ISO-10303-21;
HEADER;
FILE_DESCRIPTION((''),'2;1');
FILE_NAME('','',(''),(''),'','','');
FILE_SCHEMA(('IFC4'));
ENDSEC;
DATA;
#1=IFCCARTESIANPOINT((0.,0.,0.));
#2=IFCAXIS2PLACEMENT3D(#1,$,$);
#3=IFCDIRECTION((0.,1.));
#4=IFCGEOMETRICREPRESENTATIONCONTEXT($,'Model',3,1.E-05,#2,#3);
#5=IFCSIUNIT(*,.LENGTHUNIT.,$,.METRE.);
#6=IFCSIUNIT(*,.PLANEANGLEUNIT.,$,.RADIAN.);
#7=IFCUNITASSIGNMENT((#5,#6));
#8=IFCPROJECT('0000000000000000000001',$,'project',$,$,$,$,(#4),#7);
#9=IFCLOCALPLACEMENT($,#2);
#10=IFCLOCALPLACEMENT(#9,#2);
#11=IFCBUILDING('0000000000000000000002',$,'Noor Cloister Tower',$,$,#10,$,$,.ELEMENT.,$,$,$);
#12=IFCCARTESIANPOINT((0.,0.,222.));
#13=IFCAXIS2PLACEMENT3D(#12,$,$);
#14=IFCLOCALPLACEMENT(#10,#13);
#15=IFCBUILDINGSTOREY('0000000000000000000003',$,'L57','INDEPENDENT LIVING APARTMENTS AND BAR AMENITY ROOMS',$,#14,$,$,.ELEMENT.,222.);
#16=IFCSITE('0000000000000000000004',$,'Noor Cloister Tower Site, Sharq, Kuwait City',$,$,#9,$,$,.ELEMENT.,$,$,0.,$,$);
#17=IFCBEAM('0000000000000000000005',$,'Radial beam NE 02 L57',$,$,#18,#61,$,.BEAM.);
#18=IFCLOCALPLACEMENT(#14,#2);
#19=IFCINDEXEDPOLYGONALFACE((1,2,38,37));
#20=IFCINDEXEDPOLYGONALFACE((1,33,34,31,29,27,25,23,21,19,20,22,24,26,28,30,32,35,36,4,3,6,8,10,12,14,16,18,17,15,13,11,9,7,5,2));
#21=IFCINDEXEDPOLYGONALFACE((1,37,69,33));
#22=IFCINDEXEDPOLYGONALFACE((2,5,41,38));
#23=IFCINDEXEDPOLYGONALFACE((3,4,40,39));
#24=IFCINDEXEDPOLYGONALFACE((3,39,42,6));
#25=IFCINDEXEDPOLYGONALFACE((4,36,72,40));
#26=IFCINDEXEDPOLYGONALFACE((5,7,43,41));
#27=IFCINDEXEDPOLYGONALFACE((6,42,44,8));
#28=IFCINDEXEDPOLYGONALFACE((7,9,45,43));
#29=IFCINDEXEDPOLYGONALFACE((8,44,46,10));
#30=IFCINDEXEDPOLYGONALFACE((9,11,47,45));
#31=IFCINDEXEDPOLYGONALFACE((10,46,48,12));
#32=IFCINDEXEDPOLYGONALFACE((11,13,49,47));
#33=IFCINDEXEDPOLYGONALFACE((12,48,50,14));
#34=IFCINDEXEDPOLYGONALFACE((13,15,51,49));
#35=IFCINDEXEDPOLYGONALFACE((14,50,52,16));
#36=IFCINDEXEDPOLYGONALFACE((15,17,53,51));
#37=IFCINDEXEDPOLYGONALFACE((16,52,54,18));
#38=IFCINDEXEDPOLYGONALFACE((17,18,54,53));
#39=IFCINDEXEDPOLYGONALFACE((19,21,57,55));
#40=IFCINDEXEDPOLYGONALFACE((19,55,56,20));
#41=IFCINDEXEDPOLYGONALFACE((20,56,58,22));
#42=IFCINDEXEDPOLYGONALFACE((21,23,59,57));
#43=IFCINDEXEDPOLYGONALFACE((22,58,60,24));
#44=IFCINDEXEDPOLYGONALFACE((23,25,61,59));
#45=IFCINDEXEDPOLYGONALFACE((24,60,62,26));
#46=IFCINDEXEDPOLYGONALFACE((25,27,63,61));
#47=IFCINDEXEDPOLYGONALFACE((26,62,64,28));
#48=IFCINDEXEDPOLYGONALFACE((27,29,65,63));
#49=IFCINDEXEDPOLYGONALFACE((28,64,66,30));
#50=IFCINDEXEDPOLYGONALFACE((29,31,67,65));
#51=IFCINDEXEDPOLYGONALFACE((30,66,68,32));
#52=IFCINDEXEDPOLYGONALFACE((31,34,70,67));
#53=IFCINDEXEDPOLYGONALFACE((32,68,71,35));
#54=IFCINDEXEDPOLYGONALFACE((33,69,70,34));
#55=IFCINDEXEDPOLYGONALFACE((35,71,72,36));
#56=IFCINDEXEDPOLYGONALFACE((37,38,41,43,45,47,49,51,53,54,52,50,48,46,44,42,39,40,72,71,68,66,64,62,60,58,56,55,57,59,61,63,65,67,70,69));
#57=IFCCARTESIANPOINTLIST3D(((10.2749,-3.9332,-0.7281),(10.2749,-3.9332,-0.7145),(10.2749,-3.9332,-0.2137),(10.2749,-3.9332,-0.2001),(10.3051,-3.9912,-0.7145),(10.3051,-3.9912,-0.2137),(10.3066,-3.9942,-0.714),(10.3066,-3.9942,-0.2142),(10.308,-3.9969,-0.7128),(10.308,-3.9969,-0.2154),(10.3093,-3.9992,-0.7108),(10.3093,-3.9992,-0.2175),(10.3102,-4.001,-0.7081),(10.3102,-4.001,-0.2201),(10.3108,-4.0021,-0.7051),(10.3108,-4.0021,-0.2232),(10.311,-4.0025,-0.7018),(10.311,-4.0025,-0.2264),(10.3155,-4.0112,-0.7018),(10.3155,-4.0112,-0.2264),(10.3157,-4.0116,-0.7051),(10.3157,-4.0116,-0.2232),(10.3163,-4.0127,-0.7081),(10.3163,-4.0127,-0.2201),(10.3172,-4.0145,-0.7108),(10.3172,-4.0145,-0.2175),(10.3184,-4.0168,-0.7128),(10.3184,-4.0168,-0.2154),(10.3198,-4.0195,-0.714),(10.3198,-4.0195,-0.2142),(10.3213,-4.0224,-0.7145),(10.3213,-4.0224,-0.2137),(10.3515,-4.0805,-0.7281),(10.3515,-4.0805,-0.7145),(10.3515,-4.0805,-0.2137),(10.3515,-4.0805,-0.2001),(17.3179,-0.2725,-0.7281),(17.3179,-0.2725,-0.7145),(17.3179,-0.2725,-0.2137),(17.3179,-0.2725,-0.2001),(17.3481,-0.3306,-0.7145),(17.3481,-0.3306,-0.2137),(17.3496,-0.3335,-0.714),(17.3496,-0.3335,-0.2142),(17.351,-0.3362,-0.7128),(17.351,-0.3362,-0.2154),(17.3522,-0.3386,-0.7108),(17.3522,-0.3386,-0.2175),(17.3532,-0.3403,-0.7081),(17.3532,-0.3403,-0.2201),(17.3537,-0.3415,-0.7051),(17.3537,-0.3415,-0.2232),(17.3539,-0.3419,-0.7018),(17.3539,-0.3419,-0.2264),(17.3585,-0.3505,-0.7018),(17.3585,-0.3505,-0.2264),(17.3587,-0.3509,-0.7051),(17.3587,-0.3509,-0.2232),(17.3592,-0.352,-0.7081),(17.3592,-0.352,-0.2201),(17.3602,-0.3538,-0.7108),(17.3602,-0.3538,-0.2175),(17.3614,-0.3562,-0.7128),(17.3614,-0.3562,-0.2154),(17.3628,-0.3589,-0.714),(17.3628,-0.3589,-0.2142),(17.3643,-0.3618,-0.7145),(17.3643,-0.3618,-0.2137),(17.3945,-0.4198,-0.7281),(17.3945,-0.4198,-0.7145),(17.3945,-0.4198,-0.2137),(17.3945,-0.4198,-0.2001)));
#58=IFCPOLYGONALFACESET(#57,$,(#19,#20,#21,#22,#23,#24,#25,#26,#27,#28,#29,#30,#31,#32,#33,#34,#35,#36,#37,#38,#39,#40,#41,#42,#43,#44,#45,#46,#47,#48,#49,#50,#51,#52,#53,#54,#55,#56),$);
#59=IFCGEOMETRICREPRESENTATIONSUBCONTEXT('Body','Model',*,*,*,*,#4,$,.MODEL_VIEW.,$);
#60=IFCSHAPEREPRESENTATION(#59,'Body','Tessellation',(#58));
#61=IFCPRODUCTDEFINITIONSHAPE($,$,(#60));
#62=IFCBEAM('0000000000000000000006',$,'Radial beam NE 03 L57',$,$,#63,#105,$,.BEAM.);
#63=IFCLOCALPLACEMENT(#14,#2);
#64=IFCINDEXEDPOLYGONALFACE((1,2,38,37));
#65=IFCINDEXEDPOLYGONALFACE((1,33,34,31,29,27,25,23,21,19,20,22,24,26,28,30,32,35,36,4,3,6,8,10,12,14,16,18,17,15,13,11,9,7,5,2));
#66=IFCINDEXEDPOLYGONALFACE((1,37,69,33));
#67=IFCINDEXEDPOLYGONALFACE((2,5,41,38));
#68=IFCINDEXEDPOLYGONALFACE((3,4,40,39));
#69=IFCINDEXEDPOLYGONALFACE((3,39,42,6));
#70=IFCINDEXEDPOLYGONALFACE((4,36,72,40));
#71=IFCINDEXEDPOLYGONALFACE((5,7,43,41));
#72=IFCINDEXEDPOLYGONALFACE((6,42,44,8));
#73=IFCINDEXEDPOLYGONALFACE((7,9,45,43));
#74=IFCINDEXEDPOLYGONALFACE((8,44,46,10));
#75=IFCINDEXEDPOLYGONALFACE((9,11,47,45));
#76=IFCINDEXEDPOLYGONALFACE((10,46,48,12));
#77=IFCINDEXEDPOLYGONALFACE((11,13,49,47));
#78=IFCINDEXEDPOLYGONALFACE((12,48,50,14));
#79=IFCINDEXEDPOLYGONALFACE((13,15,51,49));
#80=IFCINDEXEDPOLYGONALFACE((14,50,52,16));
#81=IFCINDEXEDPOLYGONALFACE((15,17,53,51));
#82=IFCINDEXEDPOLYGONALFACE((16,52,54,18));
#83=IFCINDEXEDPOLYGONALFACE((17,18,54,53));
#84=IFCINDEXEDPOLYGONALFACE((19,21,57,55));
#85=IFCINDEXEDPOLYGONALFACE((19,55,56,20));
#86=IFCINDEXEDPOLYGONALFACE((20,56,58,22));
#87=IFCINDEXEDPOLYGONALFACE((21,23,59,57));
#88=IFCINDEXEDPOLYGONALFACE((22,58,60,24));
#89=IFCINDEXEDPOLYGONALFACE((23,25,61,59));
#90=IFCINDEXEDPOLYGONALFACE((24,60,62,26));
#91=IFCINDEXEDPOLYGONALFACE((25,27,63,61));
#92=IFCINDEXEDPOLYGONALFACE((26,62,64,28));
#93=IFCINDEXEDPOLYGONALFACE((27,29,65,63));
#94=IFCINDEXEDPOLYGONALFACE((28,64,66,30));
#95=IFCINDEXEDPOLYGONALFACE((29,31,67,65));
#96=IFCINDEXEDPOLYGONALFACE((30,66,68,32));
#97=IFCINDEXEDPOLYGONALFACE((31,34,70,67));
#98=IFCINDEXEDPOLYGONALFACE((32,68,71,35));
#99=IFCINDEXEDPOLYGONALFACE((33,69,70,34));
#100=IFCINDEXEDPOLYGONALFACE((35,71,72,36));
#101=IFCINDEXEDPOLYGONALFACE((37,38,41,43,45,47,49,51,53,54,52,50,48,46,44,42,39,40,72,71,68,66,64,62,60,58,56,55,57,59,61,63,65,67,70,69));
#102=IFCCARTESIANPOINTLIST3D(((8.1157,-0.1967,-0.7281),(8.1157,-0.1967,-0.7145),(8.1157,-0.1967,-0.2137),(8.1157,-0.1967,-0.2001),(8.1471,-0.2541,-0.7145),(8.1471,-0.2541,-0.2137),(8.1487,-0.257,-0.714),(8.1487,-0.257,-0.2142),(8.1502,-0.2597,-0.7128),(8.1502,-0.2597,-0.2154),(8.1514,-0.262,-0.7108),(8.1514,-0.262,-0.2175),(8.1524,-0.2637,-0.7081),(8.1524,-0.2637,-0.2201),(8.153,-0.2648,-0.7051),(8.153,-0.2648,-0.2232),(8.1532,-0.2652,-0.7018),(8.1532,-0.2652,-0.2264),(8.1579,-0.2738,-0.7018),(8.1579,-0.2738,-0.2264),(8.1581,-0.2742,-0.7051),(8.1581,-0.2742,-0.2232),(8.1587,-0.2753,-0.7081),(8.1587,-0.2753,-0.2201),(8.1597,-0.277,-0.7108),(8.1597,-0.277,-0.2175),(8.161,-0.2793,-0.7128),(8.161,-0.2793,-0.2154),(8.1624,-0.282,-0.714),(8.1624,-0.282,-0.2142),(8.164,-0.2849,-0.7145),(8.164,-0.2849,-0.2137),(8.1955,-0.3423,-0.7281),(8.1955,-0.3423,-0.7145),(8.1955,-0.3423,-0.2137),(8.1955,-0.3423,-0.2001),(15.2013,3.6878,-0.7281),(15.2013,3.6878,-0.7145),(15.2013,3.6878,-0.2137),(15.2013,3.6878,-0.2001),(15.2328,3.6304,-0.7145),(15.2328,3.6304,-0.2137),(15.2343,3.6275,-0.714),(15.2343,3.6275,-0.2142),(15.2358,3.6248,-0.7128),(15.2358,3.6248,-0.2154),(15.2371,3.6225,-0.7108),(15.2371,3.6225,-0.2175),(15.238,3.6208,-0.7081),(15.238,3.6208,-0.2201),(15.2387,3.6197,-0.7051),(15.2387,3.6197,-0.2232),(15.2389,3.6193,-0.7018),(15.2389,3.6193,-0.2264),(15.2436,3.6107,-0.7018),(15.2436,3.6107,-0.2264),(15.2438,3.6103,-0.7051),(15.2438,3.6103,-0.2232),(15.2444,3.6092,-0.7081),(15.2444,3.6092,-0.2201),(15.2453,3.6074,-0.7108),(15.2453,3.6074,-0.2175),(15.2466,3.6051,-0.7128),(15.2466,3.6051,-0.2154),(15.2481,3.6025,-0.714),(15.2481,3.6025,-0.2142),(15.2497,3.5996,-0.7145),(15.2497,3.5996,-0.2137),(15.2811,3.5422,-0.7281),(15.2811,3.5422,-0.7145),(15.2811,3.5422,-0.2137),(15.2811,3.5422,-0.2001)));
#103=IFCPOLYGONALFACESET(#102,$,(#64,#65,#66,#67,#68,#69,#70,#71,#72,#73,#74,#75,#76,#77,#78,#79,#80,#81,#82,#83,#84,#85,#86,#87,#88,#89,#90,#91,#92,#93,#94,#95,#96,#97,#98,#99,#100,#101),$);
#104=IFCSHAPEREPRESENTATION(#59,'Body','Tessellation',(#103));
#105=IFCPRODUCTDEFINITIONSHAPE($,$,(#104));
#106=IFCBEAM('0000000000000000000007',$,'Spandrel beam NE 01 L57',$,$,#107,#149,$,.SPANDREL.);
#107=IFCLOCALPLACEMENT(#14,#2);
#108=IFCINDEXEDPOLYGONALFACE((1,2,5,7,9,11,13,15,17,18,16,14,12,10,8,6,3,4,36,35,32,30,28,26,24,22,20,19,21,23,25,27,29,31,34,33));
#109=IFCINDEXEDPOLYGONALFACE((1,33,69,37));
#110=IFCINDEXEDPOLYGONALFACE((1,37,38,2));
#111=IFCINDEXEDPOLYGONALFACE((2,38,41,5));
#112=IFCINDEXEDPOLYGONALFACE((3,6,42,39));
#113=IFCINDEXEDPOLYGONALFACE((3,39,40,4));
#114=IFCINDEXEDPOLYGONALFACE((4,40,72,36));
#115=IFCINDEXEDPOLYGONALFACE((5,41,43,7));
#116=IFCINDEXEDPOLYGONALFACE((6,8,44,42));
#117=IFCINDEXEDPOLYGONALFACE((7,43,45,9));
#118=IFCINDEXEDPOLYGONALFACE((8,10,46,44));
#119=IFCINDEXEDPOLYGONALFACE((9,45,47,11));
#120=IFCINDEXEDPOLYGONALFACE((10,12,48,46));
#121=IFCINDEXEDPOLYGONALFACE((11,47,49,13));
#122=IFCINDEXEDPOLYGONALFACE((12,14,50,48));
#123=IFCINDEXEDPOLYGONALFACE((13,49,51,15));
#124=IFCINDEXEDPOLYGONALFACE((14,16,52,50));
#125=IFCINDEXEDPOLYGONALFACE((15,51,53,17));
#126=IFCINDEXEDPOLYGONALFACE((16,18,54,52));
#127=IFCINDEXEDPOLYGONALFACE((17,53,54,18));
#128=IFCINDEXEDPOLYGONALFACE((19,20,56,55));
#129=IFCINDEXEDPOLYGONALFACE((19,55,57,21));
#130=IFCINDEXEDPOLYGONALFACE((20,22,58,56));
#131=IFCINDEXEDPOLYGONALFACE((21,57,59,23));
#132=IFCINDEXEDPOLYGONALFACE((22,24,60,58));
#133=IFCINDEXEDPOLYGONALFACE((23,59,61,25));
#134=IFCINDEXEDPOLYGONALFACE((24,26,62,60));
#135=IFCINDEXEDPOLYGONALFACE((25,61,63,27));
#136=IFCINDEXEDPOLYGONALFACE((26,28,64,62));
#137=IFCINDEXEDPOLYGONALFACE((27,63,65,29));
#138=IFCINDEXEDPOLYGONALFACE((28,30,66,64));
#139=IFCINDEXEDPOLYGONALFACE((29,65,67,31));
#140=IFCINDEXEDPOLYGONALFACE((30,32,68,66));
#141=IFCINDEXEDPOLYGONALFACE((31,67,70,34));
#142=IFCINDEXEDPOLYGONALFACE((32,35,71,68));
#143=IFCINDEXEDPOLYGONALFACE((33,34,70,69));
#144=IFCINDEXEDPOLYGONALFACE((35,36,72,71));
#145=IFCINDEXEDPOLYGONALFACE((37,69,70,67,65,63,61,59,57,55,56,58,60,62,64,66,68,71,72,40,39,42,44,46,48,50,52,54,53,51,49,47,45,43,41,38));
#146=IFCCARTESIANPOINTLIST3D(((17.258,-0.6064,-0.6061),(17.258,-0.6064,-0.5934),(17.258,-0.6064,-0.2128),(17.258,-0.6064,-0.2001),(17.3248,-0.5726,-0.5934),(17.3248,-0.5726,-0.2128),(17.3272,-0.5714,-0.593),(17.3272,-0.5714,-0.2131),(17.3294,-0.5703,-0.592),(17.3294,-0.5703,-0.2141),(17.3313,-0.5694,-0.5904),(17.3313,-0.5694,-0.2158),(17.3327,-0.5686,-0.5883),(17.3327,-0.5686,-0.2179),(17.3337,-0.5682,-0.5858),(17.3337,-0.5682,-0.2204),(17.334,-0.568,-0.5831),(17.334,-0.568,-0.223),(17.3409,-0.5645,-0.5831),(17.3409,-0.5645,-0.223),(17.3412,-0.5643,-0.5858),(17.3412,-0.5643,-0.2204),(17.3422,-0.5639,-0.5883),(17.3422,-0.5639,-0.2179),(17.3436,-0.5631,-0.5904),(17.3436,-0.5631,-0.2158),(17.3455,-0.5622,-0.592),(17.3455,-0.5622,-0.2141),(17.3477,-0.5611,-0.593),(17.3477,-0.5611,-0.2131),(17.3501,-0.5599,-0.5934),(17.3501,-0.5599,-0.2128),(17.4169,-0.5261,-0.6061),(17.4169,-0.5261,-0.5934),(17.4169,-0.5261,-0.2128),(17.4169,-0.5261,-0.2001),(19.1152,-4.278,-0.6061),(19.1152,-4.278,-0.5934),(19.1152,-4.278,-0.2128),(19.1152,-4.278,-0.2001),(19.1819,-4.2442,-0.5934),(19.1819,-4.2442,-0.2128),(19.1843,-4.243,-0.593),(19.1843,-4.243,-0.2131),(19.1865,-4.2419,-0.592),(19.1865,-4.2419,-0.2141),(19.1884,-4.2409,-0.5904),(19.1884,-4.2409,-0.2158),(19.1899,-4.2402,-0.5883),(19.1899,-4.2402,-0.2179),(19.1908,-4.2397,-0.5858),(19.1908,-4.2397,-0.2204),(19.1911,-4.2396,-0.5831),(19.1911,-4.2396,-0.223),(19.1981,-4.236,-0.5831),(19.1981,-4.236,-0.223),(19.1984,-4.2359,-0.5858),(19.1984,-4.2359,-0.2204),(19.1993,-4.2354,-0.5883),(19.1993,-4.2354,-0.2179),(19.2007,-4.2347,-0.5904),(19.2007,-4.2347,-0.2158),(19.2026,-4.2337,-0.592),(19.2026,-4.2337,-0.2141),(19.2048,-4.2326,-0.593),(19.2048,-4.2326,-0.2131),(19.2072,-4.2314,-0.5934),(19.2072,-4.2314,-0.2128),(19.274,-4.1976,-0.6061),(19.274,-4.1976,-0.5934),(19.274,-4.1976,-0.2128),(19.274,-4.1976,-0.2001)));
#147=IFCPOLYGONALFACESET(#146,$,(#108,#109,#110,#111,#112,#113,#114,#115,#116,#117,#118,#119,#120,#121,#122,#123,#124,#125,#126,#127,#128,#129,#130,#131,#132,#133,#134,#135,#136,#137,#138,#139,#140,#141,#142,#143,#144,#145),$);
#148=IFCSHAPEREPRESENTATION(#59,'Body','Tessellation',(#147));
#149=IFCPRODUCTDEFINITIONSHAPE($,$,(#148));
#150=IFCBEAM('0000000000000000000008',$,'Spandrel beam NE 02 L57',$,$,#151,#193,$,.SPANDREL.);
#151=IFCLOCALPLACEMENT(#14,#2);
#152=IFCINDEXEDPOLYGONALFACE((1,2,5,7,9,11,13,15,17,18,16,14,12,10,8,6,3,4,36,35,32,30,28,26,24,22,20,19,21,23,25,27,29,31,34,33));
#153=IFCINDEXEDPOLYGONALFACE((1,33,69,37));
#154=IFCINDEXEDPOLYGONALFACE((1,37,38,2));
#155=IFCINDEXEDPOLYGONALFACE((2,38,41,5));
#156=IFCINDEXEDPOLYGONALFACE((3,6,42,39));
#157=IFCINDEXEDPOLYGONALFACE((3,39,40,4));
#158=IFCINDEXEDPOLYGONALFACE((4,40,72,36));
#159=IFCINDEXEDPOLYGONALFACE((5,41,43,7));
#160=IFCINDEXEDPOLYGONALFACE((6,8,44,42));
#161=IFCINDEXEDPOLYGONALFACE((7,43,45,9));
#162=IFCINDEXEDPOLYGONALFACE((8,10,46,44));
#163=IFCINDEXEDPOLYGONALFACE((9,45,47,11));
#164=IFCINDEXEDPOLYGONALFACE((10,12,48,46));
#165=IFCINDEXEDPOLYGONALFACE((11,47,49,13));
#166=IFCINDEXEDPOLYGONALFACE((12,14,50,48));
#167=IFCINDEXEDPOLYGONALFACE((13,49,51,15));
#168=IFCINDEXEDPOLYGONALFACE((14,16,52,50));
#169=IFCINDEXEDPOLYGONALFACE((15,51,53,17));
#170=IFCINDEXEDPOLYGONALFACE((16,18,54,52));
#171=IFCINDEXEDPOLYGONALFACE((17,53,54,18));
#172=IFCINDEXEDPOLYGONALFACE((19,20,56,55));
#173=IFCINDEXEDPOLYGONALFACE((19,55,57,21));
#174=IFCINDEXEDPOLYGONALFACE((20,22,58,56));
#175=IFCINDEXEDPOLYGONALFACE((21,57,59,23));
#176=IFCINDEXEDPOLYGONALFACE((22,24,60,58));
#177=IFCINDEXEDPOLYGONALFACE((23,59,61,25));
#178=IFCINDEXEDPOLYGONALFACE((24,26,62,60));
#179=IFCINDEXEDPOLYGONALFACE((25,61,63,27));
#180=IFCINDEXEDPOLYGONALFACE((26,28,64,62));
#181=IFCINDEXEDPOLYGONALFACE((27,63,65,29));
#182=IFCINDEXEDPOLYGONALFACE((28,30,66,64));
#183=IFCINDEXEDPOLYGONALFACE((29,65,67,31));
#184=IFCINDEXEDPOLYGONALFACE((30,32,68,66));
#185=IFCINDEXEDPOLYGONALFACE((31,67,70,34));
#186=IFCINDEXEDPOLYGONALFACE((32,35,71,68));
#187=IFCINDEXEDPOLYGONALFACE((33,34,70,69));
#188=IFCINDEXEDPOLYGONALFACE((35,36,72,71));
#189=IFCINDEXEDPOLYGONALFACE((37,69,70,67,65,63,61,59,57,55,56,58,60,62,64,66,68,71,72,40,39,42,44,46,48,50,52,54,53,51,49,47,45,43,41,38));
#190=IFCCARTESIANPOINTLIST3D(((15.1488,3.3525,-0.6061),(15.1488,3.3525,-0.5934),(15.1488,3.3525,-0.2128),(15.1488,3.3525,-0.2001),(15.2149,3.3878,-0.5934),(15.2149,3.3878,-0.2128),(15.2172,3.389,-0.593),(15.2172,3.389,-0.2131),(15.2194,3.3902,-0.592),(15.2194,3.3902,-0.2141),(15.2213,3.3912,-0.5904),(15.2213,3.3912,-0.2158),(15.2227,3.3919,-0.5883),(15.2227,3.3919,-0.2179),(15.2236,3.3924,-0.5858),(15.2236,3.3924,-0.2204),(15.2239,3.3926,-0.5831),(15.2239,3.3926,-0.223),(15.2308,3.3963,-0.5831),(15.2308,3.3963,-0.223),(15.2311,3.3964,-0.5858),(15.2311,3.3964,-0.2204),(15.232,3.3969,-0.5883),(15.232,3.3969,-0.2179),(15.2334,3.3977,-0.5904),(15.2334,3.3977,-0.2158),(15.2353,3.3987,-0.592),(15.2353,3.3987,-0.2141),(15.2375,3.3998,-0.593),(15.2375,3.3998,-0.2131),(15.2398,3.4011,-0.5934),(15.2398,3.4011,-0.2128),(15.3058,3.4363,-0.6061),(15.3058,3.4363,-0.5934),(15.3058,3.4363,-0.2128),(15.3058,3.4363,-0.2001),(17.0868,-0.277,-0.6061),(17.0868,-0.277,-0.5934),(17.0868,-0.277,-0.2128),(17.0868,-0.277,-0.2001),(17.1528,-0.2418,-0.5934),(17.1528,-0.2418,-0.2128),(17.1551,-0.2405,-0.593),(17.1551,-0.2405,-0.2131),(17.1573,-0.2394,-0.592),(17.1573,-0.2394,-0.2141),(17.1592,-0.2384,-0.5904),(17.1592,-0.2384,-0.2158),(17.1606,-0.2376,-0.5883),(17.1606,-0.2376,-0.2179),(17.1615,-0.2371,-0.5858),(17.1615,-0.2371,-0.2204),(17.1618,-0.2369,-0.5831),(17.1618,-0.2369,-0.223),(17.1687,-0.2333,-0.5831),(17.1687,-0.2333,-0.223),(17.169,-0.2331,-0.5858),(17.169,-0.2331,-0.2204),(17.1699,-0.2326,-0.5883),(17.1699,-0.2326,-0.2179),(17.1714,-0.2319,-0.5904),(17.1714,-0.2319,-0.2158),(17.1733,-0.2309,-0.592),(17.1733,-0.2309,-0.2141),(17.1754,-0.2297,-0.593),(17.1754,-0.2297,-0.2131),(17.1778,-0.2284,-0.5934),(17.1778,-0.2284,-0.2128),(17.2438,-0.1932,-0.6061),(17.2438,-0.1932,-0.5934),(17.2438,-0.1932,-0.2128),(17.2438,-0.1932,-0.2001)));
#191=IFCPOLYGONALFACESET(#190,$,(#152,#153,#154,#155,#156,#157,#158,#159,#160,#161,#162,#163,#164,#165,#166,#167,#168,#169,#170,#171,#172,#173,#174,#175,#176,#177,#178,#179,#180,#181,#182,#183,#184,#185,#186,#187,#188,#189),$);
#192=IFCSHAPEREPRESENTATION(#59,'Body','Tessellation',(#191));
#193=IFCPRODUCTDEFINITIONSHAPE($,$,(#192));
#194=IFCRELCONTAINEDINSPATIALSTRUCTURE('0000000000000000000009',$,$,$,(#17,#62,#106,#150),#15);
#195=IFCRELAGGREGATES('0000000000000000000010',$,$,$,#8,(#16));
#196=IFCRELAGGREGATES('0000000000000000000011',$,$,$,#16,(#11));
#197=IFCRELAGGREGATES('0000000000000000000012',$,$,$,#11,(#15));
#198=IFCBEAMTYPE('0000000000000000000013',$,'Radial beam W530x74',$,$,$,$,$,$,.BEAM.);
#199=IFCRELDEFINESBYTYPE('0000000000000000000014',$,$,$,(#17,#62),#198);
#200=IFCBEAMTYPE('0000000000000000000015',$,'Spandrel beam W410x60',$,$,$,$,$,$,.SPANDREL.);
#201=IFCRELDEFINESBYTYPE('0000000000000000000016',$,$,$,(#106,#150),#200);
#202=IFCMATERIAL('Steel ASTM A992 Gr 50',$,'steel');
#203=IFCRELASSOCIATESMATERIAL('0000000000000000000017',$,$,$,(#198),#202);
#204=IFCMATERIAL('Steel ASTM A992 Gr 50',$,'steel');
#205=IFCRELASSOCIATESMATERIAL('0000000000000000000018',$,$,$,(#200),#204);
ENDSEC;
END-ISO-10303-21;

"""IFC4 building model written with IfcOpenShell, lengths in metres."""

from ifc_helpers import new_model, si_unit, direction, frame, origin, origin_2d, place, context, subcontext, project, spatial, i_section, extrude, material, material_profile, profile_set, type_object, element, save


model = new_model("IFC4")

# Units and contexts
model_context = context("Model", 3, precision=1e-05, world=origin(), true_north=direction((0.0, 1.0)))
body_context = subcontext(model_context, "Body", "Model", "MODEL_VIEW")
ifc_project = project(units=[si_unit("LENGTHUNIT", "METRE"), si_unit("PLANEANGLEUNIT", "RADIAN")], contexts=[model_context])

# Site, building, storey
site_placement = place(None, origin())
site = spatial("IfcSite", under=ifc_project, at=site_placement, Name="Noor Cloister Tower Site, Sharq, Kuwait City", CompositionType="ELEMENT", RefElevation=0.0)
building_placement = place(site_placement, origin())
building = spatial("IfcBuilding", under=site, at=building_placement, Name="Noor Cloister Tower", CompositionType="ELEMENT")
storey_placement = place(building_placement, frame((0.0, 0.0, 222.0)))
storey = spatial("IfcBuildingStorey", under=building, at=storey_placement, Name="L57", Description="INDEPENDENT LIVING APARTMENTS AND BAR AMENITY ROOMS", CompositionType="ELEMENT", Elevation=222.0)

# Beams
ifc_material_1 = material(Name="Steel ASTM A992 Gr 50", Category="steel")
ifc_material_profile_1 = material_profile(ifc_material_1, i_section(OverallWidth=0.166, OverallDepth=0.5281, WebThickness=0.0098, FlangeThickness=0.0137, FilletRadius=0.0127, at=origin_2d()), Name="W530x74")
ifc_profile_set_1 = profile_set([ifc_material_profile_1], Name="Steel ASTM A992 Gr 50")
beam_type_1 = type_object("IfcBeamType", Name="Radial beam W530x74", PredefinedType="BEAM", material=ifc_profile_set_1)
beam_1_placement = place(storey_placement, frame((17.3562, -0.3462, -0.4641), z_axis=(-0.887304, -0.461184, 0.0), x_axis=(0.461184, -0.887304, 0.0)))
element("IfcBeam", 1, at=beam_1_placement, inside=storey, type_object=beam_type_1, Name="Radial beam NE 02 L57", PredefinedType="BEAM", context=body_context, shape_type="SweptSolid", body=[
    extrude(i_section(OverallWidth=0.166, OverallDepth=0.5281, WebThickness=0.0098, FlangeThickness=0.0137, FilletRadius=0.0127, at=origin_2d()), origin(), (0.0, 0.0, 1.0), 7.9375),
])
beam_2_placement = place(storey_placement, frame((15.2412, 3.615, -0.4641), z_axis=(-0.876874, -0.48072, 0.0), x_axis=(0.48072, -0.876874, 0.0)))
element("IfcBeam", 2, at=beam_2_placement, inside=storey, type_object=beam_type_1, Name="Radial beam NE 03 L57", PredefinedType="BEAM", context=body_context, shape_type="SweptSolid", body=[
    extrude(i_section(OverallWidth=0.166, OverallDepth=0.5281, WebThickness=0.0098, FlangeThickness=0.0137, FilletRadius=0.0127, at=origin_2d()), origin(), (0.0, 0.0, 1.0), 8.0806),
])
ifc_material_2 = material(Name="Steel ASTM A992 Gr 50", Category="steel")
ifc_material_profile_2 = material_profile(ifc_material_2, i_section(OverallWidth=0.178, OverallDepth=0.406, WebThickness=0.0078, FlangeThickness=0.0127, FilletRadius=0.0103, at=origin_2d()), Name="W410x60")
ifc_profile_set_2 = profile_set([ifc_material_profile_2], Name="Steel ASTM A992 Gr 50")
beam_type_2 = type_object("IfcBeamType", Name="Spandrel beam W410x60", PredefinedType="SPANDREL", material=ifc_profile_set_2)
for number, where, z_axis, x_axis, name in (
    (3, (19.1946, -4.2378, -0.4031), (-0.451362, 0.892341, 0.0), (-0.892341, -0.451362, 0.0), "Spandrel beam NE 01 L57"),
    (4, (17.1653, -0.2351, -0.4031), (-0.471001, 0.882133, 0.0), (-0.882133, -0.471001, 0.0), "Spandrel beam NE 02 L57"),
):
    element("IfcBeam", number, at=place(storey_placement, frame(where, z_axis=z_axis, x_axis=x_axis)), inside=storey, type_object=beam_type_2, Name=name, PredefinedType="SPANDREL", context=body_context, shape_type="SweptSolid", body=[
        extrude(i_section(OverallWidth=0.178, OverallDepth=0.406, WebThickness=0.0078, FlangeThickness=0.0127, FilletRadius=0.0103, at=origin_2d()), origin(), (0.0, 0.0, 1.0), 4.1145),
    ])

save(model, "model.ifc")
